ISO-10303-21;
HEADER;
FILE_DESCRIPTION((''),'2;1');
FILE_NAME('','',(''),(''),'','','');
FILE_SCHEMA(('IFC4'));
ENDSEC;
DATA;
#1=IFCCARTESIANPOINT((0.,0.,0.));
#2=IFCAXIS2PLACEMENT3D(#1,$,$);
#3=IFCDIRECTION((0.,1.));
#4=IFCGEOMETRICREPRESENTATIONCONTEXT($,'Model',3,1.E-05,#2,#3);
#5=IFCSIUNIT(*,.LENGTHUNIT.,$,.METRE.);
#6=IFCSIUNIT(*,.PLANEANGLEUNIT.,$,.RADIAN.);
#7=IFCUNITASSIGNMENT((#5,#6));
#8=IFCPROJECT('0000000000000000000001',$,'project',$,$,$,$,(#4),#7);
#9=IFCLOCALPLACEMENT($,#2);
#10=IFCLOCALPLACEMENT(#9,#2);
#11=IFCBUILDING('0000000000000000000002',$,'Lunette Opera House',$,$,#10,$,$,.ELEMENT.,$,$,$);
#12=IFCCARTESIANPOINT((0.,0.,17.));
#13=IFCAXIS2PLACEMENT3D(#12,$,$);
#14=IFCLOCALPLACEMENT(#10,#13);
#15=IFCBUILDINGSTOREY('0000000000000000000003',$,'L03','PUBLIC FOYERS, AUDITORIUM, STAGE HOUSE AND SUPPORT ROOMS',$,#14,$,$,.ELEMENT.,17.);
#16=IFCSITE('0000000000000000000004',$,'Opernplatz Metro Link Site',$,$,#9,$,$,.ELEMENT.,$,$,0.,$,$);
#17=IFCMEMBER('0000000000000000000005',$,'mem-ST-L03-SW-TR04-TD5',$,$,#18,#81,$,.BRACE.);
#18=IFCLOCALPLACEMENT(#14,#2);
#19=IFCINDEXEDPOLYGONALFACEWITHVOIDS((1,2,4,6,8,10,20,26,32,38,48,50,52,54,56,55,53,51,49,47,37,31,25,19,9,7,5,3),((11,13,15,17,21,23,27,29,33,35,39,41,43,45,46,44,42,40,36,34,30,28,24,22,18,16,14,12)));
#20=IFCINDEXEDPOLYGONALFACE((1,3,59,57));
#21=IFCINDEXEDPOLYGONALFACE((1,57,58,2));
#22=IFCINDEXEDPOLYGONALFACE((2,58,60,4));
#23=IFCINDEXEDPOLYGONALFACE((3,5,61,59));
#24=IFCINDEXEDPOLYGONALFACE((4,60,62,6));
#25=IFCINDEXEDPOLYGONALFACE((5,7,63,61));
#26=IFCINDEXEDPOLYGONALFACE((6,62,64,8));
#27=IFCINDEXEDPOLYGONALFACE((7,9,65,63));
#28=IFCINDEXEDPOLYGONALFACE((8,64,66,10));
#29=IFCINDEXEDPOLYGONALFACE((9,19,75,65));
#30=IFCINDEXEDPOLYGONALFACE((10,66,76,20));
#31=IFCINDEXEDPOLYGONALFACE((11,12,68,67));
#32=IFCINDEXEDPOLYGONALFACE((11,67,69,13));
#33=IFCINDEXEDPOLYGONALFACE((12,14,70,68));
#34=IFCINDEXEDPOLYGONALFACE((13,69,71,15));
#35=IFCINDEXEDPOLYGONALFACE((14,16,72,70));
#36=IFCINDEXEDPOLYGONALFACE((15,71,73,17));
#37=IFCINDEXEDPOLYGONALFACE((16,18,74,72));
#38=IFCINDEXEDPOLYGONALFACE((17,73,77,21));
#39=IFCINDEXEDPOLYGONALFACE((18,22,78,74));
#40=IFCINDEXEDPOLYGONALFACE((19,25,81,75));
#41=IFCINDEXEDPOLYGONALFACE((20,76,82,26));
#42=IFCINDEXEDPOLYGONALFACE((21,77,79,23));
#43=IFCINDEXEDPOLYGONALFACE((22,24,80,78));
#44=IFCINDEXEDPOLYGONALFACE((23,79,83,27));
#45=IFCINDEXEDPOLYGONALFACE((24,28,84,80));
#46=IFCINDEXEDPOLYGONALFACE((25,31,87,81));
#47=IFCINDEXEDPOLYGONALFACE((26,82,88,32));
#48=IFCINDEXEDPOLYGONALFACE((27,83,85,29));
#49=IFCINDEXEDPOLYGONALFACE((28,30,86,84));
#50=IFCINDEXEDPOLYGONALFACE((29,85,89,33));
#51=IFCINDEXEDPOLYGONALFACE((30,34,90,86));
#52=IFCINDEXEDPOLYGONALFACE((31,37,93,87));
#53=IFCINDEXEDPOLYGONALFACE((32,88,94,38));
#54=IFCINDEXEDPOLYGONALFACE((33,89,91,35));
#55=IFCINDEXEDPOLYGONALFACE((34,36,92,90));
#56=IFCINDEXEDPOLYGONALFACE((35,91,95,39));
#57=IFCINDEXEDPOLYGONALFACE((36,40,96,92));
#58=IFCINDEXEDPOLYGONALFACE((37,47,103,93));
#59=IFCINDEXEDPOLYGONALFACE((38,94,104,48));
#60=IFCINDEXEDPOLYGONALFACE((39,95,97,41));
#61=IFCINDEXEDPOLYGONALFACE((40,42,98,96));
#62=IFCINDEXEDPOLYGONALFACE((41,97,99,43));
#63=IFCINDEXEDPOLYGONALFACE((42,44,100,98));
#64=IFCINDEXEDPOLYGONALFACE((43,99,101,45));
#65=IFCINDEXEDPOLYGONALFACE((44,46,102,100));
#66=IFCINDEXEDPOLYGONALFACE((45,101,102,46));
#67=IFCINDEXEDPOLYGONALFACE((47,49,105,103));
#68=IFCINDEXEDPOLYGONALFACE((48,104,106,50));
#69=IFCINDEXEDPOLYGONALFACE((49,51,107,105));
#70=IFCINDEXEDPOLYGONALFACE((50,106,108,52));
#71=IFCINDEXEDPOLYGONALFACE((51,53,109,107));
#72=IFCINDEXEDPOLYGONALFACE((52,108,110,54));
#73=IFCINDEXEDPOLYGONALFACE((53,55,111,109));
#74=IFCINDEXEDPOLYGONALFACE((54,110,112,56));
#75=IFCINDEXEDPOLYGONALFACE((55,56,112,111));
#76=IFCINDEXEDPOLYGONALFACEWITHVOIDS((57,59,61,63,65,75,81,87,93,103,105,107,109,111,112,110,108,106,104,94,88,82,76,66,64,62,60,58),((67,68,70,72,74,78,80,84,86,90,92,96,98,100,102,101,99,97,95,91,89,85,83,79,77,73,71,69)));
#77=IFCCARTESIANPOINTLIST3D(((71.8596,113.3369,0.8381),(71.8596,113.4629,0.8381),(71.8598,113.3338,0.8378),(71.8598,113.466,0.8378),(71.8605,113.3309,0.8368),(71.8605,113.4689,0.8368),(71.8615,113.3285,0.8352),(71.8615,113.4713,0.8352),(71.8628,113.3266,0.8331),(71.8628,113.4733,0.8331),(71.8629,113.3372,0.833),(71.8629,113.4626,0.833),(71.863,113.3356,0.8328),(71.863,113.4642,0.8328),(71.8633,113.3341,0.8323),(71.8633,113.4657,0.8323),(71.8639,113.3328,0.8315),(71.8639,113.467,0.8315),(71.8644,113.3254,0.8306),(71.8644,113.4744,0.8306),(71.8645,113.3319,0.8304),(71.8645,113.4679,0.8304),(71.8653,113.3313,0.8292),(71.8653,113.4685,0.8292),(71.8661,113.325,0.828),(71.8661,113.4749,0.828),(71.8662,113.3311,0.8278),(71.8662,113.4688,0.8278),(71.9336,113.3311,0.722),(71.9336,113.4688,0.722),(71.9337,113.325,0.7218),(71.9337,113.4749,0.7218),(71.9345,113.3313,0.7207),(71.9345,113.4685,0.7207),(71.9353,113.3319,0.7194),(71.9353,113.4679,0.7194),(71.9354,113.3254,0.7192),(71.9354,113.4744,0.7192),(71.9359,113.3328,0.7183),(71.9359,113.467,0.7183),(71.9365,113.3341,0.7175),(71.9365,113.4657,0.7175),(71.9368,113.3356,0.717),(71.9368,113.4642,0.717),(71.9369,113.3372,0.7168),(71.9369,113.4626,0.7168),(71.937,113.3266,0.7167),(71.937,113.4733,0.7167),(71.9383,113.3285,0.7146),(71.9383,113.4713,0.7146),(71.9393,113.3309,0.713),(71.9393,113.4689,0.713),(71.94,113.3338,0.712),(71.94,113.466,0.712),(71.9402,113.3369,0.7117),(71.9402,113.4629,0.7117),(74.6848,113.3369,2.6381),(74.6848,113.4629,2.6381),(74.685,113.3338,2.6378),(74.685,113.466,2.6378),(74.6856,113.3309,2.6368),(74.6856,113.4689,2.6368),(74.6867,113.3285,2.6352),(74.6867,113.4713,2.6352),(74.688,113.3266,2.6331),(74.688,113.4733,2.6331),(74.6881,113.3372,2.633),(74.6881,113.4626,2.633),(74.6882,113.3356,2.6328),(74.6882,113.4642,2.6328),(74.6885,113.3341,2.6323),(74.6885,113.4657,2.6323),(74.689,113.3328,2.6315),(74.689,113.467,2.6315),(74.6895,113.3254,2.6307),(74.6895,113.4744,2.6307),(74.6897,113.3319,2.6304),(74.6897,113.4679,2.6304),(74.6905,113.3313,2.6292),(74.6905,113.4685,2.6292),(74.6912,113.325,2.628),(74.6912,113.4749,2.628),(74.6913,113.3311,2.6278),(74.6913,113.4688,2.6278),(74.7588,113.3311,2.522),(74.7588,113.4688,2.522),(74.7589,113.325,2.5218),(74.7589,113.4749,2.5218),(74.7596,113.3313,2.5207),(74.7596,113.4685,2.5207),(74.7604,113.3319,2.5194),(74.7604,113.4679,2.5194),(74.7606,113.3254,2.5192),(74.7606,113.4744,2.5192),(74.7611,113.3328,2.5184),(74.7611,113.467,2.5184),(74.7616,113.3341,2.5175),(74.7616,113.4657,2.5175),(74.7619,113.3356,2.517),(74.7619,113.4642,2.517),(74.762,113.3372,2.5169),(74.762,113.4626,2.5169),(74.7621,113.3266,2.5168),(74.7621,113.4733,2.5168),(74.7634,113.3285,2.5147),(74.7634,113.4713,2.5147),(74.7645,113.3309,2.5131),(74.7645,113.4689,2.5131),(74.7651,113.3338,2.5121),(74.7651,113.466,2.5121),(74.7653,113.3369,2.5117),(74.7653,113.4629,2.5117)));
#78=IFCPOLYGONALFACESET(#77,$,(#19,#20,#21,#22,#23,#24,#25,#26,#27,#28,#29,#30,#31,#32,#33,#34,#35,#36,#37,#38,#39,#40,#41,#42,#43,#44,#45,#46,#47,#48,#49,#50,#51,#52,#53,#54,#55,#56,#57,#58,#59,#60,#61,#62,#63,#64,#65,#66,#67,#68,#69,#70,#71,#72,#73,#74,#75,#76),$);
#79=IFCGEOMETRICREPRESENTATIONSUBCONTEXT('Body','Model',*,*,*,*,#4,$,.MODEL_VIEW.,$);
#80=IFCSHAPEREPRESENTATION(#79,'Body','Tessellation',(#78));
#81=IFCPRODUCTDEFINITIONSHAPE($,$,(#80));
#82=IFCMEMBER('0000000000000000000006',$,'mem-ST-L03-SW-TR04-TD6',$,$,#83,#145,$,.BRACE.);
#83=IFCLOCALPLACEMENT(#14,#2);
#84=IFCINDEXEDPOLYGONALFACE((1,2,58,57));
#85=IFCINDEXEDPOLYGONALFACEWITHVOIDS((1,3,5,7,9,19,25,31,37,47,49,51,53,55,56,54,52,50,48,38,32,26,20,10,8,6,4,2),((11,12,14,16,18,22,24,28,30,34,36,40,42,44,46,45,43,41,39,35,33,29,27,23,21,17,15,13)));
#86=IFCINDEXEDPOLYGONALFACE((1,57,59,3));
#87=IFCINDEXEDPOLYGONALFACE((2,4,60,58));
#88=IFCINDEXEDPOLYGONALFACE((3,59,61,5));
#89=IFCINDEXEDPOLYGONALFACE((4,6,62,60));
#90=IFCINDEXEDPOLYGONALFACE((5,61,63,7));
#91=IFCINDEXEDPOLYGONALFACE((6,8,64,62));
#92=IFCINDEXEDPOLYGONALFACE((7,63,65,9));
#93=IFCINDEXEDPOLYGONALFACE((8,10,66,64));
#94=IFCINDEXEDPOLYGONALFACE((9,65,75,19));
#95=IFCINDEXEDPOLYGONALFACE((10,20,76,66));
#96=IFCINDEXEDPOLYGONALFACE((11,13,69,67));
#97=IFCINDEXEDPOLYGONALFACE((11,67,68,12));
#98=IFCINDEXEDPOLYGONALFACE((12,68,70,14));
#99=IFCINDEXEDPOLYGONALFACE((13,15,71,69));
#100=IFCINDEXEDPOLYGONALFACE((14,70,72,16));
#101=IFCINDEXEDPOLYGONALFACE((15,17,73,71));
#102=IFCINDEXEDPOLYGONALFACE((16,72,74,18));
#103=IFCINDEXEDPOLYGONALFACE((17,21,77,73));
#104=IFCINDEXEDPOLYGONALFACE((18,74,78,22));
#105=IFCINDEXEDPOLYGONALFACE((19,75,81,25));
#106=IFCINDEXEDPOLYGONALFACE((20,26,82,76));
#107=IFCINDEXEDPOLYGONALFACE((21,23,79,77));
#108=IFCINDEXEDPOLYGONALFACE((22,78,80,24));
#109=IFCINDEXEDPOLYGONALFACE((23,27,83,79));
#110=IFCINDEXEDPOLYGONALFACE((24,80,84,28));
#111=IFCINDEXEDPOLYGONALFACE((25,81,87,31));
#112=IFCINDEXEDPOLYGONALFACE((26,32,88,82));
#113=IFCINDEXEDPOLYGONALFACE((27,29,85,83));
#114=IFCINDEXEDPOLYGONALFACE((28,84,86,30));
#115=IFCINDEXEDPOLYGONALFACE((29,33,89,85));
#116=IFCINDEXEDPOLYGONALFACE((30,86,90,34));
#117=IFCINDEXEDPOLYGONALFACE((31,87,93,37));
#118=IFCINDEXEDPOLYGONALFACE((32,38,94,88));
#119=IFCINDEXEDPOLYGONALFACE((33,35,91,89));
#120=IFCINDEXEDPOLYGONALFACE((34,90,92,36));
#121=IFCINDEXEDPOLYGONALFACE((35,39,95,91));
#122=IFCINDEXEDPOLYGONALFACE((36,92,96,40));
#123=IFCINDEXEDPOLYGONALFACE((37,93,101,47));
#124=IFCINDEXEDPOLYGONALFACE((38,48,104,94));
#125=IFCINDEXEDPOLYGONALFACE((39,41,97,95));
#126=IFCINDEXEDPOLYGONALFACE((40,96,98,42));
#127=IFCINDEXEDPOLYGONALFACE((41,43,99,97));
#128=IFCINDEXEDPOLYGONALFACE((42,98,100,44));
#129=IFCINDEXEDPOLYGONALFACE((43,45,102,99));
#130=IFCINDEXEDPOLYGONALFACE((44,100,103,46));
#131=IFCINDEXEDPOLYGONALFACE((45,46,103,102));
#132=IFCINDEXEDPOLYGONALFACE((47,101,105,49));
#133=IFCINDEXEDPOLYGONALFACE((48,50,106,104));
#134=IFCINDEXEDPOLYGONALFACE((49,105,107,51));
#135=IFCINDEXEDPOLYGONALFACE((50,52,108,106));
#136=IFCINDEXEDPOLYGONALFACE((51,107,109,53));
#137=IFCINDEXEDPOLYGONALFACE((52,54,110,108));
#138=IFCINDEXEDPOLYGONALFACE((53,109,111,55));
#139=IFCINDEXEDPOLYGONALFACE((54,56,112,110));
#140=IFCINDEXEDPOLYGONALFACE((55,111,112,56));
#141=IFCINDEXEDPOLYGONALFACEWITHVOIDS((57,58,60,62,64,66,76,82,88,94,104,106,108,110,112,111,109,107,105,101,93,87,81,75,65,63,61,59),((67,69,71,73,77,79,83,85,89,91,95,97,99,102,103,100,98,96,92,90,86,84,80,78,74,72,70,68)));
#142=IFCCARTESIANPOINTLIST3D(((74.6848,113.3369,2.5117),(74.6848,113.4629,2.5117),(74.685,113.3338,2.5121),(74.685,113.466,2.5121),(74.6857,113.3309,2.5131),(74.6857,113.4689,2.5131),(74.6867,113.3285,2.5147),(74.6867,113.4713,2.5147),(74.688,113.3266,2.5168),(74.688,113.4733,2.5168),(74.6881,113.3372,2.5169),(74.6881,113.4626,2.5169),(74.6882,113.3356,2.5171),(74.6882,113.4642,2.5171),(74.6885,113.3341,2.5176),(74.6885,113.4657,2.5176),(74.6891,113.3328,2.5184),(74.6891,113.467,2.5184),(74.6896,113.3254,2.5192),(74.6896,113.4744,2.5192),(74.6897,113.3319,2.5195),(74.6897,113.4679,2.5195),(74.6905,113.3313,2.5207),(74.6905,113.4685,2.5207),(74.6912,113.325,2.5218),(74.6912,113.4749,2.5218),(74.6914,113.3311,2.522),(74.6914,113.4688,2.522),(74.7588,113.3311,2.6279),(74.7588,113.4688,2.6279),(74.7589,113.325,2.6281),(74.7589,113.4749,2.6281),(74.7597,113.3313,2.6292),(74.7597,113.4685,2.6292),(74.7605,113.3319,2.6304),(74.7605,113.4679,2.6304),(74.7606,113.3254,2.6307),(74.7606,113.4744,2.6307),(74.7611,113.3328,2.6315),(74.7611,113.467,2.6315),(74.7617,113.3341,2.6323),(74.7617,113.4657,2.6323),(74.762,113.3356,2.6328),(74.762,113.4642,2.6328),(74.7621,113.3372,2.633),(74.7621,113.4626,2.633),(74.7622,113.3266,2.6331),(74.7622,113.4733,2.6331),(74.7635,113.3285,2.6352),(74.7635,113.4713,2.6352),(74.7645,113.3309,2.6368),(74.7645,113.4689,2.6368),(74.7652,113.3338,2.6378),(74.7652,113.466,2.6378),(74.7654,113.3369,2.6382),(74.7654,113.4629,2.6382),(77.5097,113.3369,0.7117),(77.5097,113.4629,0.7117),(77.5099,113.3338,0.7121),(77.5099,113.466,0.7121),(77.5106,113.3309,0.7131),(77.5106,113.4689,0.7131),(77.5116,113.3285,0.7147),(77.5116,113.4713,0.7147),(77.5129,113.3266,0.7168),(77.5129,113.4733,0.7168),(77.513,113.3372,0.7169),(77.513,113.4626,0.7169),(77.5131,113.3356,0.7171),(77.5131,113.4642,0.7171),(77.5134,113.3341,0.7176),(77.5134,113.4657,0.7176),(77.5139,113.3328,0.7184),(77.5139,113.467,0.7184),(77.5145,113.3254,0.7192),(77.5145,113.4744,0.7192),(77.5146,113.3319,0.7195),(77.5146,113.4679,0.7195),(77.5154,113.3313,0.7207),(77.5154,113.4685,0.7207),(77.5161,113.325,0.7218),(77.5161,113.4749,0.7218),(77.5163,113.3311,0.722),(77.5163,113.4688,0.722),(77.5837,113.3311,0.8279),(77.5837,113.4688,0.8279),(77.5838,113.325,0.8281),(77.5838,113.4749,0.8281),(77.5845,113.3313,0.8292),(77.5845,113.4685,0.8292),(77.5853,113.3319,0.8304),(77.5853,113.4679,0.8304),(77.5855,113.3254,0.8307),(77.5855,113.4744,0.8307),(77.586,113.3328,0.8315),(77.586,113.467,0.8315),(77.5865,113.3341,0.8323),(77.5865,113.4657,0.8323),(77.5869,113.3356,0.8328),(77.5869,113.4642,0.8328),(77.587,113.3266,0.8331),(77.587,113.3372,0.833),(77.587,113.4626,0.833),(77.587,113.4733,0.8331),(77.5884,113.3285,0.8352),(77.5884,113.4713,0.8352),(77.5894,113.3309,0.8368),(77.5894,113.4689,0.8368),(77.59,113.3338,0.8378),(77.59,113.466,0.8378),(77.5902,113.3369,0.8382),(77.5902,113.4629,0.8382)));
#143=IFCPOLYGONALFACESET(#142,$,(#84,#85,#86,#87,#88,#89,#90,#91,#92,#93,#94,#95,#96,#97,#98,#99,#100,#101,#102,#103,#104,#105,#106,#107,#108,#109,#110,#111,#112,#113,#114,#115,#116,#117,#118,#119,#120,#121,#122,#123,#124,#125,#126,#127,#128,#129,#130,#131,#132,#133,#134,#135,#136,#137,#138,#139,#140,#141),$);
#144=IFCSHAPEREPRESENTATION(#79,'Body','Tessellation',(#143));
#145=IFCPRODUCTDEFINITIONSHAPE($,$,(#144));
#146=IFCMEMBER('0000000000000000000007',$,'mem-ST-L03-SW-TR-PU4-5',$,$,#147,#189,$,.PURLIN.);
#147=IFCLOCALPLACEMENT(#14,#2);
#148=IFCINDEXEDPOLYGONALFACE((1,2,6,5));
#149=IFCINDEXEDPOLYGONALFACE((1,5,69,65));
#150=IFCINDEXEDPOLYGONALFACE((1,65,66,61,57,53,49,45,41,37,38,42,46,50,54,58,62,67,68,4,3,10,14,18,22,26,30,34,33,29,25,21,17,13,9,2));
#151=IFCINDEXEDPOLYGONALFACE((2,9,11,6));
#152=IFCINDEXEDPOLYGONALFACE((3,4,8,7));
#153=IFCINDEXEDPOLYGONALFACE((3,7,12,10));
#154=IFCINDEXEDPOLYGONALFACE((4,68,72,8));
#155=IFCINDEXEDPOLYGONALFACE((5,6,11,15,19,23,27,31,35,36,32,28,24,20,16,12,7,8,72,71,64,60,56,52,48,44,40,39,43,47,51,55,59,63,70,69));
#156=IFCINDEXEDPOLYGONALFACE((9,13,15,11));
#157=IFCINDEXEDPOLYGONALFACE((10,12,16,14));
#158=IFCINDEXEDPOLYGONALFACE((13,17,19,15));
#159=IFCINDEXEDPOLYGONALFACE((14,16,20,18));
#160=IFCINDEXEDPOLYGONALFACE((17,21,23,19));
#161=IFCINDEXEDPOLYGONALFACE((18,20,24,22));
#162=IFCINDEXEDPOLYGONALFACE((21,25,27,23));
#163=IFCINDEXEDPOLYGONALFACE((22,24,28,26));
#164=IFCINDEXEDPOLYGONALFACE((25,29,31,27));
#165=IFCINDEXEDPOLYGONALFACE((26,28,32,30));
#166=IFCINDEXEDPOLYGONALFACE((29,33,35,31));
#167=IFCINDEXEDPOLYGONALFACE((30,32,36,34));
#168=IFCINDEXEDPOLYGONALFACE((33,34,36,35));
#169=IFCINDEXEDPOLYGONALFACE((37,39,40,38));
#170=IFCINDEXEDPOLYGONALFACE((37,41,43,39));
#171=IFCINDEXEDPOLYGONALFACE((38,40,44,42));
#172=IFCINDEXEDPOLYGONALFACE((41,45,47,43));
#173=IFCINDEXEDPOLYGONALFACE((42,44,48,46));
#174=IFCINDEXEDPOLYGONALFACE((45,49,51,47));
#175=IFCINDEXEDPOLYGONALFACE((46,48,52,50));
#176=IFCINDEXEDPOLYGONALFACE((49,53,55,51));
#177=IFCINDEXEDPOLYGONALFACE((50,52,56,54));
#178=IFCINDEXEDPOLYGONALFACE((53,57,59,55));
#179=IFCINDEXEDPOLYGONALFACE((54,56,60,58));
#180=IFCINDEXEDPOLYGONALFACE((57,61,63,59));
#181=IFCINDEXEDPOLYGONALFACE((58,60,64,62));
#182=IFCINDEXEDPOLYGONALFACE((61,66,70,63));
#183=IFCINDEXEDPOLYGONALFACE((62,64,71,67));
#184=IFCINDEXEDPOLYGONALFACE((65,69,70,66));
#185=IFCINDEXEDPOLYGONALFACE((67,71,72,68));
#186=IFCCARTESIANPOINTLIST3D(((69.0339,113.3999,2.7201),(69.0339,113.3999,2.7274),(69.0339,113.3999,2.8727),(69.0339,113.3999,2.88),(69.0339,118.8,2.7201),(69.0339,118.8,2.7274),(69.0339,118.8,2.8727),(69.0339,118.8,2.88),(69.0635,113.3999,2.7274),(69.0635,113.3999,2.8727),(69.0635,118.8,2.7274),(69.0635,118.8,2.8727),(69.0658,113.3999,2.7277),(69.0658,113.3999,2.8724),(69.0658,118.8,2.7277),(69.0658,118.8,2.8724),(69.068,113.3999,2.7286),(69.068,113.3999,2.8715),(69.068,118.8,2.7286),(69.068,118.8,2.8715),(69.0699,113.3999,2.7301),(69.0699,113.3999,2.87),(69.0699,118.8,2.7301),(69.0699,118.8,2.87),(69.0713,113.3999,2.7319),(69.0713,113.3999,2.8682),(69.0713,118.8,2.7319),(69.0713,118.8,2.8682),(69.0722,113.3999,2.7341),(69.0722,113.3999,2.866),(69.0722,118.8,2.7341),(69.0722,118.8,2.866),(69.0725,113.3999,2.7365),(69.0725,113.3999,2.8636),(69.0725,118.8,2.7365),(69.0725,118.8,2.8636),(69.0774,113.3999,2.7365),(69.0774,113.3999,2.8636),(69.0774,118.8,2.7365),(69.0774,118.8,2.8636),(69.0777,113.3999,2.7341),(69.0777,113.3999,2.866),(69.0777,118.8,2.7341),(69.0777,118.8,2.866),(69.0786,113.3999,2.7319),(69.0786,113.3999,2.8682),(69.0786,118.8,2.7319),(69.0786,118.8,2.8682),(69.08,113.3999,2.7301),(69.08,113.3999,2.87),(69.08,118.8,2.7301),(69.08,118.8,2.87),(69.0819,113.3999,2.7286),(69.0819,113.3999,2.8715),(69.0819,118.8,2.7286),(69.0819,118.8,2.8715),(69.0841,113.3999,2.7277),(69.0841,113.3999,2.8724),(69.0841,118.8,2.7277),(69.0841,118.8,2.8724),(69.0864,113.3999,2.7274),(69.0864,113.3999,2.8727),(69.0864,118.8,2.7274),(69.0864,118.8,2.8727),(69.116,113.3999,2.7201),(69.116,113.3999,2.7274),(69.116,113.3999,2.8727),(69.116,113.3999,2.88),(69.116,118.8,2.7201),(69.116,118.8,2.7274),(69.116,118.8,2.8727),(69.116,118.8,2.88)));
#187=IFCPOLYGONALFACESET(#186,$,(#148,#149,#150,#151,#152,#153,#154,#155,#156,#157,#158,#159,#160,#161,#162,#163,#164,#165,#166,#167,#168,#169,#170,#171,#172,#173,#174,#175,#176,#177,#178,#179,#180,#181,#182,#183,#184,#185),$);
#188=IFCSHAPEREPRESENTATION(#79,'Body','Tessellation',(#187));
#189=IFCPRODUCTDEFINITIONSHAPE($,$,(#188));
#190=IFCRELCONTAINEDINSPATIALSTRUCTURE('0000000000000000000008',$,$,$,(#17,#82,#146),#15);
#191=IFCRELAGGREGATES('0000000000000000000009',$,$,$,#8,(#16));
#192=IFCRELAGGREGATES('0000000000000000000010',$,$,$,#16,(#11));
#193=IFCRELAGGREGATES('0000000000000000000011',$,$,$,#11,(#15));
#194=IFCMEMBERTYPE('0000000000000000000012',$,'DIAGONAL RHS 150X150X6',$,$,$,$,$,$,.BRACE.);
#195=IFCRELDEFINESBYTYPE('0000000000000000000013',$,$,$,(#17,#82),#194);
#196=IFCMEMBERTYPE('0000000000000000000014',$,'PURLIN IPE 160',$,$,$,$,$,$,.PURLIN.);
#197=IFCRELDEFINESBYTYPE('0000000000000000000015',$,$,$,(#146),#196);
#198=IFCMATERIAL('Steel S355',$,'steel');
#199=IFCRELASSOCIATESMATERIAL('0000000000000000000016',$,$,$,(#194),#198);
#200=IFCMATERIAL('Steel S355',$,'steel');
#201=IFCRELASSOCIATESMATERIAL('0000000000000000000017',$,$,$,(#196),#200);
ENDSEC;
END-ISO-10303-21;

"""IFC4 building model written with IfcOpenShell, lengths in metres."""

from ifc_helpers import new_model, si_unit, direction, frame, origin, origin_2d, place, context, subcontext, project, spatial, hollow_rectangle, i_section, extrude, material, material_profile, profile_set, type_object, element, save


model = new_model("IFC4")

# Units and contexts
model_context = context("Model", 3, precision=1e-05, world=origin(), true_north=direction((0.0, 1.0)))
body_context = subcontext(model_context, "Body", "Model", "MODEL_VIEW")
ifc_project = project(units=[si_unit("LENGTHUNIT", "METRE"), si_unit("PLANEANGLEUNIT", "RADIAN")], contexts=[model_context])

# Site, building, storey
site_placement = place(None, origin())
site = spatial("IfcSite", under=ifc_project, at=site_placement, Name="Opernplatz Metro Link Site", CompositionType="ELEMENT", RefElevation=0.0)
building_placement = place(site_placement, origin())
building = spatial("IfcBuilding", under=site, at=building_placement, Name="Lunette Opera House", CompositionType="ELEMENT")
storey_placement = place(building_placement, frame((0.0, 0.0, 17.0)))
storey = spatial("IfcBuildingStorey", under=building, at=storey_placement, Name="L03", Description="PUBLIC FOYERS, AUDITORIUM, STAGE HOUSE AND SUPPORT ROOMS", CompositionType="ELEMENT", Elevation=17.0)

# Members
ifc_material_1 = material(Name="Steel S355", Category="steel")
ifc_material_profile_1 = material_profile(ifc_material_1, hollow_rectangle(XDim=0.1499, YDim=0.1499, WallThickness=0.0061, InnerFilletRadius=0.0061, OuterFilletRadius=0.012, at=origin_2d()), Name="RHS 150X150X6")
ifc_profile_set_1 = profile_set([ifc_material_profile_1], Name="Steel S355")
member_type_1 = type_object("IfcMemberType", Name="DIAGONAL RHS 150X150X6", PredefinedType="BRACE", material=ifc_profile_set_1)
member_1_placement = place(storey_placement, frame((71.8999, 113.3999, 0.7749), z_axis=(0.843364, 0.0, 0.537342), x_axis=(0.0, 1.0, 0.0)))
element("IfcMember", 1, at=member_1_placement, inside=storey, type_object=member_type_1, Name="mem-ST-L03-SW-TR04-TD5", PredefinedType="BRACE", context=body_context, shape_type="SweptSolid", body=[
    extrude(hollow_rectangle(XDim=0.1499, YDim=0.1499, WallThickness=0.0061, InnerFilletRadius=0.0061, OuterFilletRadius=0.012, at=origin_2d()), origin(), (0.0, 0.0, 1.0), 3.3499),
])
member_2_placement = place(storey_placement, frame((74.7251, 113.3999, 2.575), z_axis=(0.843343, 0.0, -0.537375), x_axis=(0.0, 1.0, 0.0)))
element("IfcMember", 2, at=member_2_placement, inside=storey, type_object=member_type_1, Name="mem-ST-L03-SW-TR04-TD6", PredefinedType="BRACE", context=body_context, shape_type="SweptSolid", body=[
    extrude(hollow_rectangle(XDim=0.1499, YDim=0.1499, WallThickness=0.0061, InnerFilletRadius=0.0061, OuterFilletRadius=0.012, at=origin_2d()), origin(), (0.0, 0.0, 1.0), 3.3496),
])
ifc_material_2 = material(Name="Steel S355", Category="steel")
ifc_material_profile_2 = material_profile(ifc_material_2, i_section(OverallWidth=0.082, OverallDepth=0.1599, WebThickness=0.0049, FlangeThickness=0.0073, FilletRadius=0.009, at=origin_2d()), Name="IPE 160")
ifc_profile_set_2 = profile_set([ifc_material_profile_2], Name="Steel S355")
member_type_2 = type_object("IfcMemberType", Name="PURLIN IPE 160", PredefinedType="PURLIN", material=ifc_profile_set_2)
member_3_placement = place(storey_placement, frame((69.075, 113.3999, 2.8), z_axis=(0.0, 1.0, 0.0), x_axis=(-1.0, 0.0, 0.0)))
element("IfcMember", 3, at=member_3_placement, inside=storey, type_object=member_type_2, Name="mem-ST-L03-SW-TR-PU4-5", PredefinedType="PURLIN", context=body_context, shape_type="SweptSolid", body=[
    extrude(i_section(OverallWidth=0.082, OverallDepth=0.1599, WebThickness=0.0049, FlangeThickness=0.0073, FilletRadius=0.009, at=origin_2d()), origin(), (0.0, 0.0, 1.0), 5.4001),
])

save(model, "model.ifc")
